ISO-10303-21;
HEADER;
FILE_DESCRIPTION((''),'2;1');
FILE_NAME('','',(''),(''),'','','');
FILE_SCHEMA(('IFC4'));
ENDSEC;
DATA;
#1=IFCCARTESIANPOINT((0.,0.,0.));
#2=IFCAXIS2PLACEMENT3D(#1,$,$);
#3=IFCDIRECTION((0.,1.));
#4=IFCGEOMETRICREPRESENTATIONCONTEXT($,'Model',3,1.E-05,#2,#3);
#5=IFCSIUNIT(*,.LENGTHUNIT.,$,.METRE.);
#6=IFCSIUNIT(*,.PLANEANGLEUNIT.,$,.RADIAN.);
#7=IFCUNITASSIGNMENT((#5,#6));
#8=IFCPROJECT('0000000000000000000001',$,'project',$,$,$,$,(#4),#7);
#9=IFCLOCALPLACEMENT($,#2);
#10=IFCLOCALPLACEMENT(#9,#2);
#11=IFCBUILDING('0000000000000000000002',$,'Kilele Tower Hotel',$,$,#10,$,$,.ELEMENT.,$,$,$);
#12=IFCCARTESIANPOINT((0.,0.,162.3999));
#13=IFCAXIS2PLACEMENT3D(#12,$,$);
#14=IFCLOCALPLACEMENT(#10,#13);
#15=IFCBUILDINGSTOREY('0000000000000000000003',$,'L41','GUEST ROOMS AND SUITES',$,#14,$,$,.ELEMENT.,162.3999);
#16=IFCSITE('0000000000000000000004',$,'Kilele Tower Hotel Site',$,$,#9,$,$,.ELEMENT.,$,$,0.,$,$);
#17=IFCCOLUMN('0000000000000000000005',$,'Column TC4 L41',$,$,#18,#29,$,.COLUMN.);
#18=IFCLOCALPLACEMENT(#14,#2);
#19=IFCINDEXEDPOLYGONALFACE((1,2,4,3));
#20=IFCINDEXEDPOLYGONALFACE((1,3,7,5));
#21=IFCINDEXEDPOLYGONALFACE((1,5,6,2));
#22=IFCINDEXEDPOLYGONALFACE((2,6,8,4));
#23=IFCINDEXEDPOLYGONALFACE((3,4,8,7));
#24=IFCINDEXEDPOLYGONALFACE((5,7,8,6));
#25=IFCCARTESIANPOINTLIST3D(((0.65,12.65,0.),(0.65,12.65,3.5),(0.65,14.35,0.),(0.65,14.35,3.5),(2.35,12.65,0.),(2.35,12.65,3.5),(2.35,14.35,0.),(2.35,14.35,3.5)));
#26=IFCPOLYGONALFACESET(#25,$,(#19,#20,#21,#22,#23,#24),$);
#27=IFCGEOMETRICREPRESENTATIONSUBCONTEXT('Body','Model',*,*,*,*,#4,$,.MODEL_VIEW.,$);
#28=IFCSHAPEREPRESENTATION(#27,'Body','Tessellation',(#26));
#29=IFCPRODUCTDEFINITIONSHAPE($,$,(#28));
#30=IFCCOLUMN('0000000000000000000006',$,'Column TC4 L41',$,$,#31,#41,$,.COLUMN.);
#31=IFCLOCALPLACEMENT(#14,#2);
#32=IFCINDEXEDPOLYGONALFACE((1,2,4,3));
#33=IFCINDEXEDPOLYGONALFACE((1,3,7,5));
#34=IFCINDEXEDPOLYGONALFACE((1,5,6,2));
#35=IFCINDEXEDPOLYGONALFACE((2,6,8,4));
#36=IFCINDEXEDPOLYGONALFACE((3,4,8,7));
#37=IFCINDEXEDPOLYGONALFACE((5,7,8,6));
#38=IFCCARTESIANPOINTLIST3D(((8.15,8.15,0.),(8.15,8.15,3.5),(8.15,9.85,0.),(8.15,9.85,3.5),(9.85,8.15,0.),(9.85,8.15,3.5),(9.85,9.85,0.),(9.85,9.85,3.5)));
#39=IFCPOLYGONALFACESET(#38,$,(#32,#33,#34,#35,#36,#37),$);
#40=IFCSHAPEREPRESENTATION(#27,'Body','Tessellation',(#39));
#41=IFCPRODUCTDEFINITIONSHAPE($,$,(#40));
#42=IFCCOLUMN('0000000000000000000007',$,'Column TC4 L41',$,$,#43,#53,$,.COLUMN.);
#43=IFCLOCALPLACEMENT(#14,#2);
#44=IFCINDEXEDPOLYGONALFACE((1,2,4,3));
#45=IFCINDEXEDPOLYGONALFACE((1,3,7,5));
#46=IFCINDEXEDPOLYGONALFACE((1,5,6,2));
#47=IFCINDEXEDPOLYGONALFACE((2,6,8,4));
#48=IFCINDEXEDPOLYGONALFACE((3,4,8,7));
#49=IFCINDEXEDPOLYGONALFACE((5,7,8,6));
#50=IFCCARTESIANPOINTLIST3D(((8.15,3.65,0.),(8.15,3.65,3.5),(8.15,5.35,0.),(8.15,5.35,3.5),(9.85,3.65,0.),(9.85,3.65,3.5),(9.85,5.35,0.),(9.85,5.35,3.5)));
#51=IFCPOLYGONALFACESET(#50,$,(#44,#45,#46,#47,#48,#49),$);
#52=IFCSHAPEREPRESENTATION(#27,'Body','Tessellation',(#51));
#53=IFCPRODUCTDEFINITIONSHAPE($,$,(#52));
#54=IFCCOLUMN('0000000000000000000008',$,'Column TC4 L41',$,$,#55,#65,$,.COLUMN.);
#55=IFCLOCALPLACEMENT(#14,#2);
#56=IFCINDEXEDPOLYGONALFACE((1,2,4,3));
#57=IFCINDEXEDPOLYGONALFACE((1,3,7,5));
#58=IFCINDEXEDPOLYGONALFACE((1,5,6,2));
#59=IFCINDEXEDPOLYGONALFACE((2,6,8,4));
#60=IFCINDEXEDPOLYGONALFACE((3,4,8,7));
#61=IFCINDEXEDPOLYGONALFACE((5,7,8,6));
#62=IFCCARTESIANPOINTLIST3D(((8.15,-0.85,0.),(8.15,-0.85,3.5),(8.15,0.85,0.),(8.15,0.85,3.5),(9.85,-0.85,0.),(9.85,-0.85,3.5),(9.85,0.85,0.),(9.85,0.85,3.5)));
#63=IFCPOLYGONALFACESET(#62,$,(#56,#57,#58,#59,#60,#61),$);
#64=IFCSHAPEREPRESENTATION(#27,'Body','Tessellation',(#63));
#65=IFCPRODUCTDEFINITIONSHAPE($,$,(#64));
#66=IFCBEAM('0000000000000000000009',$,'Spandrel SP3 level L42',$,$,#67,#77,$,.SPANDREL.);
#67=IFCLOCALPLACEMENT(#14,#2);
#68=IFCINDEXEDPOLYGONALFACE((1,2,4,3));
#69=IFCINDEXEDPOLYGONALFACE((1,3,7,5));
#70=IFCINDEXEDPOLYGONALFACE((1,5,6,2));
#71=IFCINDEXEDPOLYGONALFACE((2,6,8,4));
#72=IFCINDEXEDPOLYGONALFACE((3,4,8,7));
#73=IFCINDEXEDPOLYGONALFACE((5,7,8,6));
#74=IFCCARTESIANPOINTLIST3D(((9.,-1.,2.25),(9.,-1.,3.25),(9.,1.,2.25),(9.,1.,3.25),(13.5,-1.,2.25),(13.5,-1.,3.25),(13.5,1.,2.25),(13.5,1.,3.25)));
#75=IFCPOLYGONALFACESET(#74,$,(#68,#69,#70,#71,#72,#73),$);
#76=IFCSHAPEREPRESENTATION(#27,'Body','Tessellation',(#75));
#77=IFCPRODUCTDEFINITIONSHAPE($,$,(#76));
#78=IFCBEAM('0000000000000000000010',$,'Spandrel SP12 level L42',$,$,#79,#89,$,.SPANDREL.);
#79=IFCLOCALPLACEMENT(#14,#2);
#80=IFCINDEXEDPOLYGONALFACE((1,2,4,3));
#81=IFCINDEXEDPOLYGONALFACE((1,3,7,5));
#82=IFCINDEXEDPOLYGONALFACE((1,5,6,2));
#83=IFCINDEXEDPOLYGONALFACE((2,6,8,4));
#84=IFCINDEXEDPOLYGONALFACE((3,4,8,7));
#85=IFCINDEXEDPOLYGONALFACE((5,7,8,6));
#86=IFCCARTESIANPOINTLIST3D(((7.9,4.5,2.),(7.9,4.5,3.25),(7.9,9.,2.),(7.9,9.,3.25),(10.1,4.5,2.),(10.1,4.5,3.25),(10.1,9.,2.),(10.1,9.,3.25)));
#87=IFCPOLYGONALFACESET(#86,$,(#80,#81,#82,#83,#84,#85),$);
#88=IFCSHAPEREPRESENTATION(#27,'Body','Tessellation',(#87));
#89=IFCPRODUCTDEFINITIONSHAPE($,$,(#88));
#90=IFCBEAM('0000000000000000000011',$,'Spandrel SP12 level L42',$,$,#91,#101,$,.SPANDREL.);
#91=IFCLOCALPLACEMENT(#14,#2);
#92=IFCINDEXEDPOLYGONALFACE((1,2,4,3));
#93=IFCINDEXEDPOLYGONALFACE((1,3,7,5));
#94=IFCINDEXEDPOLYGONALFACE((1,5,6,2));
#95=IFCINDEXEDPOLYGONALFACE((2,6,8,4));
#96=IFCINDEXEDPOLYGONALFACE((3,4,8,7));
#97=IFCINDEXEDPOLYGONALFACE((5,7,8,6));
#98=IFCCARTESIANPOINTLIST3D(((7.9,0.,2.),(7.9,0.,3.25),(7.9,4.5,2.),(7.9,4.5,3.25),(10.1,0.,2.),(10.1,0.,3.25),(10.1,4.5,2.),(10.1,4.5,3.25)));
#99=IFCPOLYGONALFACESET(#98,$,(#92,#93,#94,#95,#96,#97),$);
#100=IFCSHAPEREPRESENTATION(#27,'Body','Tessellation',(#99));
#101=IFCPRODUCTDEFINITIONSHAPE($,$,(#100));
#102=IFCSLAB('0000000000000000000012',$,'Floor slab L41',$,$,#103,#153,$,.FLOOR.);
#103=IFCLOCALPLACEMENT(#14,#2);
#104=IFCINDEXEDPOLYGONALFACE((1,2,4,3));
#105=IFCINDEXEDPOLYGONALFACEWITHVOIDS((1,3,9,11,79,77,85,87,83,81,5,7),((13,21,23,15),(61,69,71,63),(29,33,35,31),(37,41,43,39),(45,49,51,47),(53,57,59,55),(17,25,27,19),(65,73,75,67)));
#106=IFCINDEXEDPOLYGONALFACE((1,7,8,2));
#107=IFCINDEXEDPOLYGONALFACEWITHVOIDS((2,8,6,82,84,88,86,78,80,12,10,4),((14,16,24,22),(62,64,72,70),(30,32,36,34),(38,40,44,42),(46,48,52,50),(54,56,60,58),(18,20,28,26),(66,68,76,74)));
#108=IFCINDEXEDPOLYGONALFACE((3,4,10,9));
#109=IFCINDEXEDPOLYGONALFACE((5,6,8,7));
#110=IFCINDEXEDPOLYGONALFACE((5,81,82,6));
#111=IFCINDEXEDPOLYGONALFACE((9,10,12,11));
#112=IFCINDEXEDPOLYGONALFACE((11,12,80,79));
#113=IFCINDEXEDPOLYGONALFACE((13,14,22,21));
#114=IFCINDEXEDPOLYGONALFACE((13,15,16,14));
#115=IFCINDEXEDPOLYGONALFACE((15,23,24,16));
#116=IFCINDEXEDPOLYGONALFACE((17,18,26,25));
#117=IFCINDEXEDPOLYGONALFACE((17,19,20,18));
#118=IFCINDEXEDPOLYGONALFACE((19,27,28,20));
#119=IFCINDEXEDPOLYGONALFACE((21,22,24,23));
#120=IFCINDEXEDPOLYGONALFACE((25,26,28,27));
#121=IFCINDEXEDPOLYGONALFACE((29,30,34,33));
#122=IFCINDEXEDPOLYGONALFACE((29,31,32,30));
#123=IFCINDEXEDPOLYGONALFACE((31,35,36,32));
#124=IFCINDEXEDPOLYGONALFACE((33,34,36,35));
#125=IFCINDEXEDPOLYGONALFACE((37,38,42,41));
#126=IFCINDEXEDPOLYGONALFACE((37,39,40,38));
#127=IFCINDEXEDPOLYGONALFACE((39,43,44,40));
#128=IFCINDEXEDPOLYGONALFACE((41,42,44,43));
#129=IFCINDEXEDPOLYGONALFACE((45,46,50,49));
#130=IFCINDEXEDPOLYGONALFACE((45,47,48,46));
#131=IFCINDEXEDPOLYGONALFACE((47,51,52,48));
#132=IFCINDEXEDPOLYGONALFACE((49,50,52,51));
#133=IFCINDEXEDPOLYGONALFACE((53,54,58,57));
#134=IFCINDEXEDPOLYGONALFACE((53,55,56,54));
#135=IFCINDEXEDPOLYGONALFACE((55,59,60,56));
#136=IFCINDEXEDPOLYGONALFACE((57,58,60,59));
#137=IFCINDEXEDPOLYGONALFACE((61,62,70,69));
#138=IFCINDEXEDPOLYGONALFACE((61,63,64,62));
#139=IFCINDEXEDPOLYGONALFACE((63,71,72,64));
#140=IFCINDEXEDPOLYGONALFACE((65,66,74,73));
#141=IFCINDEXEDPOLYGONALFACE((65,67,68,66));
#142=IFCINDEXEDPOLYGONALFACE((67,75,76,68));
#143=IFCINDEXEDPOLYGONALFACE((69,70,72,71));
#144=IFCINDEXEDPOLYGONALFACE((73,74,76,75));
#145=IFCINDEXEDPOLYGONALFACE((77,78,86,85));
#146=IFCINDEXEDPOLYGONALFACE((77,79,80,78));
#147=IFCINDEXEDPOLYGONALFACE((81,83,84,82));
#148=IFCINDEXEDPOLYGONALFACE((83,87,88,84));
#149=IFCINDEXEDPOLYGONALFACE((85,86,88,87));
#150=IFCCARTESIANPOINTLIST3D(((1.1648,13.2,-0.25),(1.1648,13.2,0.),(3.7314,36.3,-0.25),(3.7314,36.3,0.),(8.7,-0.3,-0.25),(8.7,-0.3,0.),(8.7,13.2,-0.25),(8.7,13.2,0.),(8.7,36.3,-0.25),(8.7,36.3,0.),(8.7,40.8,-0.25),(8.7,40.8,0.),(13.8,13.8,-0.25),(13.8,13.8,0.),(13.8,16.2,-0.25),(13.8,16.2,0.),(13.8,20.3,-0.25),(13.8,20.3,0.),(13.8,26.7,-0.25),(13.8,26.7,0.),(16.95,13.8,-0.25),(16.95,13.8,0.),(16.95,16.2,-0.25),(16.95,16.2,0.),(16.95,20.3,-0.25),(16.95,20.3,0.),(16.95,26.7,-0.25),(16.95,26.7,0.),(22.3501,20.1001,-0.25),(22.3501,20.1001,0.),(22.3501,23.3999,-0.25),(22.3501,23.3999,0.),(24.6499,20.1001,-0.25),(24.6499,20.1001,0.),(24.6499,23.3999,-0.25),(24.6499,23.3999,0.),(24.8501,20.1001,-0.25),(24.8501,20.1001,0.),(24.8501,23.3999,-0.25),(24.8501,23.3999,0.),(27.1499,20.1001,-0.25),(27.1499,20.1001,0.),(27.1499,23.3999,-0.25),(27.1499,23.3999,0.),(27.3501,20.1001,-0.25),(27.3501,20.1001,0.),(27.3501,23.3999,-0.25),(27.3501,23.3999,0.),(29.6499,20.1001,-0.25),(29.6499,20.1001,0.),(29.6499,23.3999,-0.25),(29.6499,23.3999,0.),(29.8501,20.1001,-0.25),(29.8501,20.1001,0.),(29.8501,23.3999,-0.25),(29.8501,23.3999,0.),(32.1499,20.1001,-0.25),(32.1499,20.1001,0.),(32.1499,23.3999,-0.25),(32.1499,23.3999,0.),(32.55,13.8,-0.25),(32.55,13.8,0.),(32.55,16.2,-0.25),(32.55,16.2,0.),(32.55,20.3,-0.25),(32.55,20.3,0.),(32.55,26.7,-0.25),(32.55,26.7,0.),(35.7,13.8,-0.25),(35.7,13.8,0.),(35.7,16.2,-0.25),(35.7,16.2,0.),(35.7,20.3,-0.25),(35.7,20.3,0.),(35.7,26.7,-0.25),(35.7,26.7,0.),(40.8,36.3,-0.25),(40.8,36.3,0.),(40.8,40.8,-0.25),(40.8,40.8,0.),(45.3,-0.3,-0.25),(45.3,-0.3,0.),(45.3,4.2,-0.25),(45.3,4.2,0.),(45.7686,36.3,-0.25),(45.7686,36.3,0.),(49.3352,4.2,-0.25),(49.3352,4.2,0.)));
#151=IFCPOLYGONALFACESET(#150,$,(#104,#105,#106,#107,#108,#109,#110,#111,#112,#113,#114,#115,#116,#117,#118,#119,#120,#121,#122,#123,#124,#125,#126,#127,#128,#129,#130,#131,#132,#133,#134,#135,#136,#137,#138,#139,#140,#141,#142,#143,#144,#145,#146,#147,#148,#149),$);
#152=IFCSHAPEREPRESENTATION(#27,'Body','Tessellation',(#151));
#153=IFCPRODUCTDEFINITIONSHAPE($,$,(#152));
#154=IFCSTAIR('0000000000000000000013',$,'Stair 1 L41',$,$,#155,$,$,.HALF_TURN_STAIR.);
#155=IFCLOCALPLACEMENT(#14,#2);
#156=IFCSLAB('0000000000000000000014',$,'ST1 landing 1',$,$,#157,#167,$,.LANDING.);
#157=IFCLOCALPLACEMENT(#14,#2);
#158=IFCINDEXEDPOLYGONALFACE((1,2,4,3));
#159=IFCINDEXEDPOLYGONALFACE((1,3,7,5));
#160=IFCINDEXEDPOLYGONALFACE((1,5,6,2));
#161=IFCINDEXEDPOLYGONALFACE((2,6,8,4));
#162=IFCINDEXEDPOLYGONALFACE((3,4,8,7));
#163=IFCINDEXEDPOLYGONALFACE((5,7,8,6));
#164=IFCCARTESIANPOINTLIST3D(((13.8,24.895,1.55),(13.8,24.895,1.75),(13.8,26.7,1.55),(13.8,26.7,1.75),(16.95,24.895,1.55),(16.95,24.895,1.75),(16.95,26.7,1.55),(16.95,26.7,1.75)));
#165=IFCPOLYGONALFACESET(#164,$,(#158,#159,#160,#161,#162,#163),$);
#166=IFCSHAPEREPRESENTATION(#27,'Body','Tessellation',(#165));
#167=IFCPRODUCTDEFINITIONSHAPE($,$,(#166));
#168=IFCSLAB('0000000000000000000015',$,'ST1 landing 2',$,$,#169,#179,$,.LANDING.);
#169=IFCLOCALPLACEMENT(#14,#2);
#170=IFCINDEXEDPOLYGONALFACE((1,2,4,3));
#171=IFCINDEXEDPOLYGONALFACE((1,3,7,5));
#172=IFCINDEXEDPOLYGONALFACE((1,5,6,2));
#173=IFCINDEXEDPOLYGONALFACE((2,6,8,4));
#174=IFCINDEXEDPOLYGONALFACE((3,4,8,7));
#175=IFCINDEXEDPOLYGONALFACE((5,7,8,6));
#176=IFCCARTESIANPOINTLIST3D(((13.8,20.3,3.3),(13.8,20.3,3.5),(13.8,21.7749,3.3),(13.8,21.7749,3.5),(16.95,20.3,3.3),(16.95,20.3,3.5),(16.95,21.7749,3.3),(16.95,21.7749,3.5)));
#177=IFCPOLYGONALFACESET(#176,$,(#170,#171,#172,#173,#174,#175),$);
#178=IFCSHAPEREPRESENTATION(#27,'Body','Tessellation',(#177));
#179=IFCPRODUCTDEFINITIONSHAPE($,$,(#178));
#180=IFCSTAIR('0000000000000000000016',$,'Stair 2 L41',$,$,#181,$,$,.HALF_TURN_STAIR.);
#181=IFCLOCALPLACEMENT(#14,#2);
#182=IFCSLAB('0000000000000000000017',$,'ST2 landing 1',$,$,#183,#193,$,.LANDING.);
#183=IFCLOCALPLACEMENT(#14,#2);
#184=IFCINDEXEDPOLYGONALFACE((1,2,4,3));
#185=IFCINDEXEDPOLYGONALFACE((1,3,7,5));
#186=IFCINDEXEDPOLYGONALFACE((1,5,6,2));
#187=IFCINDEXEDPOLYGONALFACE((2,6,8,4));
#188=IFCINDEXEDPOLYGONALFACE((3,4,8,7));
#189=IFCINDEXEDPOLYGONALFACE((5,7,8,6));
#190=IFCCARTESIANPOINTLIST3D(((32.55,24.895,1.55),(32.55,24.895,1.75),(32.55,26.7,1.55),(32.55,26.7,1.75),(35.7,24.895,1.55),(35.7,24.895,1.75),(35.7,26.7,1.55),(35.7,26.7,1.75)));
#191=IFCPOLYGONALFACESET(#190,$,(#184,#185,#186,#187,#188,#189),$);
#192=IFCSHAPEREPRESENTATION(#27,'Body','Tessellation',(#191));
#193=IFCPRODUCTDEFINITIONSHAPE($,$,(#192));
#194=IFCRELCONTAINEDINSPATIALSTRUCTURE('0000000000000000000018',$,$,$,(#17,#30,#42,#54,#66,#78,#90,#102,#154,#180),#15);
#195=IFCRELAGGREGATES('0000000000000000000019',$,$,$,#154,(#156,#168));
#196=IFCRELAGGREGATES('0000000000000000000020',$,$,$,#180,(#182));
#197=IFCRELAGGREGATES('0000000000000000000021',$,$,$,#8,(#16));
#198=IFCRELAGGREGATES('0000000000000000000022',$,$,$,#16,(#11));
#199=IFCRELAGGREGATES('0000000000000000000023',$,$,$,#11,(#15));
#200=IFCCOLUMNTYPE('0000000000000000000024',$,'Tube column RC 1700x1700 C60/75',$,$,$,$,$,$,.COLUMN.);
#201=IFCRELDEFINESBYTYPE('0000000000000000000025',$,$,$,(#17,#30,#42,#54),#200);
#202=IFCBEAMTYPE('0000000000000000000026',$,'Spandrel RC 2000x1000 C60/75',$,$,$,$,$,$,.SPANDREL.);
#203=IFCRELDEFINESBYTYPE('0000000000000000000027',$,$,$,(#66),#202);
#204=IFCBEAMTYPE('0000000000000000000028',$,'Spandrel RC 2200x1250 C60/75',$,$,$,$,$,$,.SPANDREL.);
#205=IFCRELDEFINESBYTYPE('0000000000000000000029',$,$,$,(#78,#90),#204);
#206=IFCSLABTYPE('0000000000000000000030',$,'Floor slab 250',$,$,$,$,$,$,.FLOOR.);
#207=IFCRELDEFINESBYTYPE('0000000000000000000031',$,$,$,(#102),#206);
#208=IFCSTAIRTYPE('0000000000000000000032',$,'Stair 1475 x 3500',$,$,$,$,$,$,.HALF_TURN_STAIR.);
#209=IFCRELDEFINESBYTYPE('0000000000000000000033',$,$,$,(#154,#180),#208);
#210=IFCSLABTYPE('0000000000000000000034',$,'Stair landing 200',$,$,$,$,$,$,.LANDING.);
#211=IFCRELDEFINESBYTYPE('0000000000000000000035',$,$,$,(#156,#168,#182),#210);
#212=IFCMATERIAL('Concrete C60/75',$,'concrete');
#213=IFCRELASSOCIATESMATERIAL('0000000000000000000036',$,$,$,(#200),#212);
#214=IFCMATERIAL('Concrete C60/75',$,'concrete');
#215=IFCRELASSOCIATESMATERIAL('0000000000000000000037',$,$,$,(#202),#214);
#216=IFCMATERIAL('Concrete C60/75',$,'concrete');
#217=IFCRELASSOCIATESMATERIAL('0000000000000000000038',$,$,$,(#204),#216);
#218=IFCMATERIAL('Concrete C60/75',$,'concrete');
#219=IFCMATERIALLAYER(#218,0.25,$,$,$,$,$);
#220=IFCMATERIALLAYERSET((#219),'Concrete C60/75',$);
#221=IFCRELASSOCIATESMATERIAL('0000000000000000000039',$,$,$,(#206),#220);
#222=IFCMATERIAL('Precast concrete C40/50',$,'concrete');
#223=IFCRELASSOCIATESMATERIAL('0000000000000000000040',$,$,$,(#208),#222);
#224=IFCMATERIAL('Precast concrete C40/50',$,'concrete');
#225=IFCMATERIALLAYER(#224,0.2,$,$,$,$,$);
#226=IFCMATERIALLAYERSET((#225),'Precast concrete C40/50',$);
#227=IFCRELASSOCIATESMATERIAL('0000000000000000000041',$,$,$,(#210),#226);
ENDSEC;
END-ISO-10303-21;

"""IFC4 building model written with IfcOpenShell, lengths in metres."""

from ifc_helpers import new_model, si_unit, direction, frame, origin, origin_2d, place, context, subcontext, project, spatial, polyline, rectangle, outline, extrude, material, layer, layer_set, material_profile, profile_set, type_object, element, aggregate, save


model = new_model("IFC4")

# Units and contexts
model_context = context("Model", 3, precision=1e-05, world=origin(), true_north=direction((0.0, 1.0)))
body_context = subcontext(model_context, "Body", "Model", "MODEL_VIEW")
ifc_project = project(units=[si_unit("LENGTHUNIT", "METRE"), si_unit("PLANEANGLEUNIT", "RADIAN")], contexts=[model_context])

# Site, building, storey
site_placement = place(None, origin())
site = spatial("IfcSite", under=ifc_project, at=site_placement, Name="Kilele Tower Hotel Site", CompositionType="ELEMENT", RefElevation=0.0)
building_placement = place(site_placement, origin())
building = spatial("IfcBuilding", under=site, at=building_placement, Name="Kilele Tower Hotel", CompositionType="ELEMENT")
storey_placement = place(building_placement, frame((0.0, 0.0, 162.3999)))
storey = spatial("IfcBuildingStorey", under=building, at=storey_placement, Name="L41", Description="GUEST ROOMS AND SUITES", CompositionType="ELEMENT", Elevation=162.3999)

# Columns
ifc_material_1 = material(Name="Concrete C60/75", Category="concrete")
ifc_material_profile_1 = material_profile(ifc_material_1, rectangle(XDim=1.7, YDim=1.7, at=origin_2d()))
ifc_profile_set_1 = profile_set([ifc_material_profile_1], Name="Concrete C60/75")
column_type = type_object("IfcColumnType", Name="Tube column RC 1700x1700 C60/75", PredefinedType="COLUMN", material=ifc_profile_set_1)
for number, where, z_axis, x_axis, name in (
    (1, (1.5, 13.5, 0.0), (0.0, 0.0, 1.0), (1.0, 0.0, 0.0), "Column TC4 L41"),
    (2, (9.0, 9.0, 0.0), (0.0, 0.0, 1.0), (1.0, 0.0, 0.0), "Column TC4 L41"),
    (3, (9.0, 4.5, 0.0), (0.0, 0.0, 1.0), (1.0, 0.0, 0.0), "Column TC4 L41"),
    (4, (9.0, 0.0, 0.0), (0.0, 0.0, 1.0), (1.0, 0.0, 0.0), "Column TC4 L41"),
):
    element("IfcColumn", number, at=place(storey_placement, frame(where, z_axis=z_axis, x_axis=x_axis)), inside=storey, type_object=column_type, Name=name, PredefinedType="COLUMN", context=body_context, shape_type="SweptSolid", body=[
        extrude(rectangle(XDim=1.7, YDim=1.7, at=origin_2d()), origin(), (0.0, 0.0, 1.0), 3.5),
    ])

# Beams
ifc_material_2 = material(Name="Concrete C60/75", Category="concrete")
ifc_material_profile_2 = material_profile(ifc_material_2, rectangle(XDim=2.0, YDim=1.0, at=origin_2d()))
ifc_profile_set_2 = profile_set([ifc_material_profile_2], Name="Concrete C60/75")
beam_type_1 = type_object("IfcBeamType", Name="Spandrel RC 2000x1000 C60/75", PredefinedType="SPANDREL", material=ifc_profile_set_2)
beam_placement = place(storey_placement, frame((9.0, 0.0, 2.75), z_axis=(1.0, 0.0, 0.0), x_axis=(0.0, 1.0, 0.0)))
element("IfcBeam", 5, at=beam_placement, inside=storey, type_object=beam_type_1, Name="Spandrel SP3 level L42", PredefinedType="SPANDREL", context=body_context, shape_type="SweptSolid", body=[
    extrude(rectangle(XDim=2.0, YDim=1.0, at=origin_2d()), origin(), (0.0, 0.0, 1.0), 4.5),
])
ifc_material_3 = material(Name="Concrete C60/75", Category="concrete")
ifc_material_profile_3 = material_profile(ifc_material_3, rectangle(XDim=2.2, YDim=1.25, at=origin_2d()))
ifc_profile_set_3 = profile_set([ifc_material_profile_3], Name="Concrete C60/75")
beam_type_2 = type_object("IfcBeamType", Name="Spandrel RC 2200x1250 C60/75", PredefinedType="SPANDREL", material=ifc_profile_set_3)
for number, where, z_axis, x_axis, name in (
    (6, (9.0, 9.0, 2.625), (0.0, -1.0, 0.0), (1.0, 0.0, 0.0), "Spandrel SP12 level L42"),
    (7, (9.0, 4.5, 2.625), (0.0, -1.0, 0.0), (1.0, 0.0, 0.0), "Spandrel SP12 level L42"),
):
    element("IfcBeam", number, at=place(storey_placement, frame(where, z_axis=z_axis, x_axis=x_axis)), inside=storey, type_object=beam_type_2, Name=name, PredefinedType="SPANDREL", context=body_context, shape_type="SweptSolid", body=[
        extrude(rectangle(XDim=2.2, YDim=1.25, at=origin_2d()), origin(), (0.0, 0.0, 1.0), 4.5),
    ])

# Slab
ifc_material_4 = material(Name="Concrete C60/75", Category="concrete")
ifc_layer_1 = layer(ifc_material_4, 0.25)
ifc_layer_set_1 = layer_set([ifc_layer_1], Name="Concrete C60/75")
slab_type_1 = type_object("IfcSlabType", Name="Floor slab 250", PredefinedType="FLOOR", material=ifc_layer_set_1)
slab_1_placement = place(storey_placement, frame((0.0, 0.0, -0.25)))
element("IfcSlab", 8, at=slab_1_placement, inside=storey, type_object=slab_type_1, Name="Floor slab L41", PredefinedType="FLOOR", context=body_context, shape_type="SweptSolid", body=[
    extrude(outline(polyline([(8.7, 36.3), (8.7, 40.8), (40.8, 40.8), (40.8, 36.3), (45.7686, 36.3), (49.3352, 4.2), (45.3, 4.2), (45.3, -0.3), (8.7, -0.3), (8.7, 13.2), (1.1648, 13.2), (3.7314, 36.3), (8.7, 36.3)]), holes=[polyline([(16.95, 16.2), (13.8, 16.2), (13.8, 13.8), (16.95, 13.8), (16.95, 16.2)]), polyline([(35.7, 16.2), (32.55, 16.2), (32.55, 13.8), (35.7, 13.8), (35.7, 16.2)]), polyline([(24.6499, 23.3999), (22.3501, 23.3999), (22.3501, 20.1001), (24.6499, 20.1001), (24.6499, 23.3999)]), polyline([(27.1499, 23.3999), (24.8501, 23.3999), (24.8501, 20.1001), (27.1499, 20.1001), (27.1499, 23.3999)]), polyline([(29.6499, 23.3999), (27.3501, 23.3999), (27.3501, 20.1001), (29.6499, 20.1001), (29.6499, 23.3999)]), polyline([(32.1499, 23.3999), (29.8501, 23.3999), (29.8501, 20.1001), (32.1499, 20.1001), (32.1499, 23.3999)]), polyline([(16.95, 26.7), (13.8, 26.7), (13.8, 20.3), (16.95, 20.3), (16.95, 26.7)]), polyline([(35.7, 26.7), (32.55, 26.7), (32.55, 20.3), (35.7, 20.3), (35.7, 26.7)])]), origin(), (0.0, 0.0, 1.0), 0.25),
])

# Stairs, slabs
ifc_material_5 = material(Name="Precast concrete C40/50", Category="concrete")
stair_type = type_object("IfcStairType", Name="Stair 1475 x 3500", PredefinedType="HALF_TURN_STAIR", material=ifc_material_5)
stair_1_placement = place(storey_placement, origin())
stair_1 = element("IfcStair", 9, at=stair_1_placement, inside=storey, type_object=stair_type, Name="Stair 1 L41", PredefinedType="HALF_TURN_STAIR")
ifc_material_6 = material(Name="Precast concrete C40/50", Category="concrete")
ifc_layer_2 = layer(ifc_material_6, 0.2)
ifc_layer_set_2 = layer_set([ifc_layer_2], Name="Precast concrete C40/50")
slab_type_2 = type_object("IfcSlabType", Name="Stair landing 200", PredefinedType="LANDING", material=ifc_layer_set_2)
slab_2_placement = place(storey_placement, frame((0.0, 0.0, 1.55)))
slab_2 = element("IfcSlab", 10, at=slab_2_placement, type_object=slab_type_2, Name="ST1 landing 1", PredefinedType="LANDING", context=body_context, shape_type="SweptSolid", body=[
    extrude(outline(polyline([(13.8, 24.895), (16.95, 24.895), (16.95, 26.7), (13.8, 26.7), (13.8, 24.895)])), origin(), (0.0, 0.0, 1.0), 0.2),
])
slab_3_placement = place(storey_placement, frame((0.0, 0.0, 3.3)))
slab_3 = element("IfcSlab", 11, at=slab_3_placement, type_object=slab_type_2, Name="ST1 landing 2", PredefinedType="LANDING", context=body_context, shape_type="SweptSolid", body=[
    extrude(outline(polyline([(13.8, 20.3), (16.95, 20.3), (16.95, 21.7749), (13.8, 21.7749), (13.8, 20.3)])), origin(), (0.0, 0.0, 1.0), 0.2),
])
aggregate(stair_1, [slab_2, slab_3])
stair_2_placement = place(storey_placement, origin())
stair_2 = element("IfcStair", 12, at=stair_2_placement, inside=storey, type_object=stair_type, Name="Stair 2 L41", PredefinedType="HALF_TURN_STAIR")
slab_4_placement = place(storey_placement, frame((0.0, 0.0, 1.55)))
slab_4 = element("IfcSlab", 13, at=slab_4_placement, type_object=slab_type_2, Name="ST2 landing 1", PredefinedType="LANDING", context=body_context, shape_type="SweptSolid", body=[
    extrude(outline(polyline([(32.55, 24.895), (35.7, 24.895), (35.7, 26.7), (32.55, 26.7), (32.55, 24.895)])), origin(), (0.0, 0.0, 1.0), 0.2),
])
aggregate(stair_2, [slab_4])

save(model, "model.ifc")
